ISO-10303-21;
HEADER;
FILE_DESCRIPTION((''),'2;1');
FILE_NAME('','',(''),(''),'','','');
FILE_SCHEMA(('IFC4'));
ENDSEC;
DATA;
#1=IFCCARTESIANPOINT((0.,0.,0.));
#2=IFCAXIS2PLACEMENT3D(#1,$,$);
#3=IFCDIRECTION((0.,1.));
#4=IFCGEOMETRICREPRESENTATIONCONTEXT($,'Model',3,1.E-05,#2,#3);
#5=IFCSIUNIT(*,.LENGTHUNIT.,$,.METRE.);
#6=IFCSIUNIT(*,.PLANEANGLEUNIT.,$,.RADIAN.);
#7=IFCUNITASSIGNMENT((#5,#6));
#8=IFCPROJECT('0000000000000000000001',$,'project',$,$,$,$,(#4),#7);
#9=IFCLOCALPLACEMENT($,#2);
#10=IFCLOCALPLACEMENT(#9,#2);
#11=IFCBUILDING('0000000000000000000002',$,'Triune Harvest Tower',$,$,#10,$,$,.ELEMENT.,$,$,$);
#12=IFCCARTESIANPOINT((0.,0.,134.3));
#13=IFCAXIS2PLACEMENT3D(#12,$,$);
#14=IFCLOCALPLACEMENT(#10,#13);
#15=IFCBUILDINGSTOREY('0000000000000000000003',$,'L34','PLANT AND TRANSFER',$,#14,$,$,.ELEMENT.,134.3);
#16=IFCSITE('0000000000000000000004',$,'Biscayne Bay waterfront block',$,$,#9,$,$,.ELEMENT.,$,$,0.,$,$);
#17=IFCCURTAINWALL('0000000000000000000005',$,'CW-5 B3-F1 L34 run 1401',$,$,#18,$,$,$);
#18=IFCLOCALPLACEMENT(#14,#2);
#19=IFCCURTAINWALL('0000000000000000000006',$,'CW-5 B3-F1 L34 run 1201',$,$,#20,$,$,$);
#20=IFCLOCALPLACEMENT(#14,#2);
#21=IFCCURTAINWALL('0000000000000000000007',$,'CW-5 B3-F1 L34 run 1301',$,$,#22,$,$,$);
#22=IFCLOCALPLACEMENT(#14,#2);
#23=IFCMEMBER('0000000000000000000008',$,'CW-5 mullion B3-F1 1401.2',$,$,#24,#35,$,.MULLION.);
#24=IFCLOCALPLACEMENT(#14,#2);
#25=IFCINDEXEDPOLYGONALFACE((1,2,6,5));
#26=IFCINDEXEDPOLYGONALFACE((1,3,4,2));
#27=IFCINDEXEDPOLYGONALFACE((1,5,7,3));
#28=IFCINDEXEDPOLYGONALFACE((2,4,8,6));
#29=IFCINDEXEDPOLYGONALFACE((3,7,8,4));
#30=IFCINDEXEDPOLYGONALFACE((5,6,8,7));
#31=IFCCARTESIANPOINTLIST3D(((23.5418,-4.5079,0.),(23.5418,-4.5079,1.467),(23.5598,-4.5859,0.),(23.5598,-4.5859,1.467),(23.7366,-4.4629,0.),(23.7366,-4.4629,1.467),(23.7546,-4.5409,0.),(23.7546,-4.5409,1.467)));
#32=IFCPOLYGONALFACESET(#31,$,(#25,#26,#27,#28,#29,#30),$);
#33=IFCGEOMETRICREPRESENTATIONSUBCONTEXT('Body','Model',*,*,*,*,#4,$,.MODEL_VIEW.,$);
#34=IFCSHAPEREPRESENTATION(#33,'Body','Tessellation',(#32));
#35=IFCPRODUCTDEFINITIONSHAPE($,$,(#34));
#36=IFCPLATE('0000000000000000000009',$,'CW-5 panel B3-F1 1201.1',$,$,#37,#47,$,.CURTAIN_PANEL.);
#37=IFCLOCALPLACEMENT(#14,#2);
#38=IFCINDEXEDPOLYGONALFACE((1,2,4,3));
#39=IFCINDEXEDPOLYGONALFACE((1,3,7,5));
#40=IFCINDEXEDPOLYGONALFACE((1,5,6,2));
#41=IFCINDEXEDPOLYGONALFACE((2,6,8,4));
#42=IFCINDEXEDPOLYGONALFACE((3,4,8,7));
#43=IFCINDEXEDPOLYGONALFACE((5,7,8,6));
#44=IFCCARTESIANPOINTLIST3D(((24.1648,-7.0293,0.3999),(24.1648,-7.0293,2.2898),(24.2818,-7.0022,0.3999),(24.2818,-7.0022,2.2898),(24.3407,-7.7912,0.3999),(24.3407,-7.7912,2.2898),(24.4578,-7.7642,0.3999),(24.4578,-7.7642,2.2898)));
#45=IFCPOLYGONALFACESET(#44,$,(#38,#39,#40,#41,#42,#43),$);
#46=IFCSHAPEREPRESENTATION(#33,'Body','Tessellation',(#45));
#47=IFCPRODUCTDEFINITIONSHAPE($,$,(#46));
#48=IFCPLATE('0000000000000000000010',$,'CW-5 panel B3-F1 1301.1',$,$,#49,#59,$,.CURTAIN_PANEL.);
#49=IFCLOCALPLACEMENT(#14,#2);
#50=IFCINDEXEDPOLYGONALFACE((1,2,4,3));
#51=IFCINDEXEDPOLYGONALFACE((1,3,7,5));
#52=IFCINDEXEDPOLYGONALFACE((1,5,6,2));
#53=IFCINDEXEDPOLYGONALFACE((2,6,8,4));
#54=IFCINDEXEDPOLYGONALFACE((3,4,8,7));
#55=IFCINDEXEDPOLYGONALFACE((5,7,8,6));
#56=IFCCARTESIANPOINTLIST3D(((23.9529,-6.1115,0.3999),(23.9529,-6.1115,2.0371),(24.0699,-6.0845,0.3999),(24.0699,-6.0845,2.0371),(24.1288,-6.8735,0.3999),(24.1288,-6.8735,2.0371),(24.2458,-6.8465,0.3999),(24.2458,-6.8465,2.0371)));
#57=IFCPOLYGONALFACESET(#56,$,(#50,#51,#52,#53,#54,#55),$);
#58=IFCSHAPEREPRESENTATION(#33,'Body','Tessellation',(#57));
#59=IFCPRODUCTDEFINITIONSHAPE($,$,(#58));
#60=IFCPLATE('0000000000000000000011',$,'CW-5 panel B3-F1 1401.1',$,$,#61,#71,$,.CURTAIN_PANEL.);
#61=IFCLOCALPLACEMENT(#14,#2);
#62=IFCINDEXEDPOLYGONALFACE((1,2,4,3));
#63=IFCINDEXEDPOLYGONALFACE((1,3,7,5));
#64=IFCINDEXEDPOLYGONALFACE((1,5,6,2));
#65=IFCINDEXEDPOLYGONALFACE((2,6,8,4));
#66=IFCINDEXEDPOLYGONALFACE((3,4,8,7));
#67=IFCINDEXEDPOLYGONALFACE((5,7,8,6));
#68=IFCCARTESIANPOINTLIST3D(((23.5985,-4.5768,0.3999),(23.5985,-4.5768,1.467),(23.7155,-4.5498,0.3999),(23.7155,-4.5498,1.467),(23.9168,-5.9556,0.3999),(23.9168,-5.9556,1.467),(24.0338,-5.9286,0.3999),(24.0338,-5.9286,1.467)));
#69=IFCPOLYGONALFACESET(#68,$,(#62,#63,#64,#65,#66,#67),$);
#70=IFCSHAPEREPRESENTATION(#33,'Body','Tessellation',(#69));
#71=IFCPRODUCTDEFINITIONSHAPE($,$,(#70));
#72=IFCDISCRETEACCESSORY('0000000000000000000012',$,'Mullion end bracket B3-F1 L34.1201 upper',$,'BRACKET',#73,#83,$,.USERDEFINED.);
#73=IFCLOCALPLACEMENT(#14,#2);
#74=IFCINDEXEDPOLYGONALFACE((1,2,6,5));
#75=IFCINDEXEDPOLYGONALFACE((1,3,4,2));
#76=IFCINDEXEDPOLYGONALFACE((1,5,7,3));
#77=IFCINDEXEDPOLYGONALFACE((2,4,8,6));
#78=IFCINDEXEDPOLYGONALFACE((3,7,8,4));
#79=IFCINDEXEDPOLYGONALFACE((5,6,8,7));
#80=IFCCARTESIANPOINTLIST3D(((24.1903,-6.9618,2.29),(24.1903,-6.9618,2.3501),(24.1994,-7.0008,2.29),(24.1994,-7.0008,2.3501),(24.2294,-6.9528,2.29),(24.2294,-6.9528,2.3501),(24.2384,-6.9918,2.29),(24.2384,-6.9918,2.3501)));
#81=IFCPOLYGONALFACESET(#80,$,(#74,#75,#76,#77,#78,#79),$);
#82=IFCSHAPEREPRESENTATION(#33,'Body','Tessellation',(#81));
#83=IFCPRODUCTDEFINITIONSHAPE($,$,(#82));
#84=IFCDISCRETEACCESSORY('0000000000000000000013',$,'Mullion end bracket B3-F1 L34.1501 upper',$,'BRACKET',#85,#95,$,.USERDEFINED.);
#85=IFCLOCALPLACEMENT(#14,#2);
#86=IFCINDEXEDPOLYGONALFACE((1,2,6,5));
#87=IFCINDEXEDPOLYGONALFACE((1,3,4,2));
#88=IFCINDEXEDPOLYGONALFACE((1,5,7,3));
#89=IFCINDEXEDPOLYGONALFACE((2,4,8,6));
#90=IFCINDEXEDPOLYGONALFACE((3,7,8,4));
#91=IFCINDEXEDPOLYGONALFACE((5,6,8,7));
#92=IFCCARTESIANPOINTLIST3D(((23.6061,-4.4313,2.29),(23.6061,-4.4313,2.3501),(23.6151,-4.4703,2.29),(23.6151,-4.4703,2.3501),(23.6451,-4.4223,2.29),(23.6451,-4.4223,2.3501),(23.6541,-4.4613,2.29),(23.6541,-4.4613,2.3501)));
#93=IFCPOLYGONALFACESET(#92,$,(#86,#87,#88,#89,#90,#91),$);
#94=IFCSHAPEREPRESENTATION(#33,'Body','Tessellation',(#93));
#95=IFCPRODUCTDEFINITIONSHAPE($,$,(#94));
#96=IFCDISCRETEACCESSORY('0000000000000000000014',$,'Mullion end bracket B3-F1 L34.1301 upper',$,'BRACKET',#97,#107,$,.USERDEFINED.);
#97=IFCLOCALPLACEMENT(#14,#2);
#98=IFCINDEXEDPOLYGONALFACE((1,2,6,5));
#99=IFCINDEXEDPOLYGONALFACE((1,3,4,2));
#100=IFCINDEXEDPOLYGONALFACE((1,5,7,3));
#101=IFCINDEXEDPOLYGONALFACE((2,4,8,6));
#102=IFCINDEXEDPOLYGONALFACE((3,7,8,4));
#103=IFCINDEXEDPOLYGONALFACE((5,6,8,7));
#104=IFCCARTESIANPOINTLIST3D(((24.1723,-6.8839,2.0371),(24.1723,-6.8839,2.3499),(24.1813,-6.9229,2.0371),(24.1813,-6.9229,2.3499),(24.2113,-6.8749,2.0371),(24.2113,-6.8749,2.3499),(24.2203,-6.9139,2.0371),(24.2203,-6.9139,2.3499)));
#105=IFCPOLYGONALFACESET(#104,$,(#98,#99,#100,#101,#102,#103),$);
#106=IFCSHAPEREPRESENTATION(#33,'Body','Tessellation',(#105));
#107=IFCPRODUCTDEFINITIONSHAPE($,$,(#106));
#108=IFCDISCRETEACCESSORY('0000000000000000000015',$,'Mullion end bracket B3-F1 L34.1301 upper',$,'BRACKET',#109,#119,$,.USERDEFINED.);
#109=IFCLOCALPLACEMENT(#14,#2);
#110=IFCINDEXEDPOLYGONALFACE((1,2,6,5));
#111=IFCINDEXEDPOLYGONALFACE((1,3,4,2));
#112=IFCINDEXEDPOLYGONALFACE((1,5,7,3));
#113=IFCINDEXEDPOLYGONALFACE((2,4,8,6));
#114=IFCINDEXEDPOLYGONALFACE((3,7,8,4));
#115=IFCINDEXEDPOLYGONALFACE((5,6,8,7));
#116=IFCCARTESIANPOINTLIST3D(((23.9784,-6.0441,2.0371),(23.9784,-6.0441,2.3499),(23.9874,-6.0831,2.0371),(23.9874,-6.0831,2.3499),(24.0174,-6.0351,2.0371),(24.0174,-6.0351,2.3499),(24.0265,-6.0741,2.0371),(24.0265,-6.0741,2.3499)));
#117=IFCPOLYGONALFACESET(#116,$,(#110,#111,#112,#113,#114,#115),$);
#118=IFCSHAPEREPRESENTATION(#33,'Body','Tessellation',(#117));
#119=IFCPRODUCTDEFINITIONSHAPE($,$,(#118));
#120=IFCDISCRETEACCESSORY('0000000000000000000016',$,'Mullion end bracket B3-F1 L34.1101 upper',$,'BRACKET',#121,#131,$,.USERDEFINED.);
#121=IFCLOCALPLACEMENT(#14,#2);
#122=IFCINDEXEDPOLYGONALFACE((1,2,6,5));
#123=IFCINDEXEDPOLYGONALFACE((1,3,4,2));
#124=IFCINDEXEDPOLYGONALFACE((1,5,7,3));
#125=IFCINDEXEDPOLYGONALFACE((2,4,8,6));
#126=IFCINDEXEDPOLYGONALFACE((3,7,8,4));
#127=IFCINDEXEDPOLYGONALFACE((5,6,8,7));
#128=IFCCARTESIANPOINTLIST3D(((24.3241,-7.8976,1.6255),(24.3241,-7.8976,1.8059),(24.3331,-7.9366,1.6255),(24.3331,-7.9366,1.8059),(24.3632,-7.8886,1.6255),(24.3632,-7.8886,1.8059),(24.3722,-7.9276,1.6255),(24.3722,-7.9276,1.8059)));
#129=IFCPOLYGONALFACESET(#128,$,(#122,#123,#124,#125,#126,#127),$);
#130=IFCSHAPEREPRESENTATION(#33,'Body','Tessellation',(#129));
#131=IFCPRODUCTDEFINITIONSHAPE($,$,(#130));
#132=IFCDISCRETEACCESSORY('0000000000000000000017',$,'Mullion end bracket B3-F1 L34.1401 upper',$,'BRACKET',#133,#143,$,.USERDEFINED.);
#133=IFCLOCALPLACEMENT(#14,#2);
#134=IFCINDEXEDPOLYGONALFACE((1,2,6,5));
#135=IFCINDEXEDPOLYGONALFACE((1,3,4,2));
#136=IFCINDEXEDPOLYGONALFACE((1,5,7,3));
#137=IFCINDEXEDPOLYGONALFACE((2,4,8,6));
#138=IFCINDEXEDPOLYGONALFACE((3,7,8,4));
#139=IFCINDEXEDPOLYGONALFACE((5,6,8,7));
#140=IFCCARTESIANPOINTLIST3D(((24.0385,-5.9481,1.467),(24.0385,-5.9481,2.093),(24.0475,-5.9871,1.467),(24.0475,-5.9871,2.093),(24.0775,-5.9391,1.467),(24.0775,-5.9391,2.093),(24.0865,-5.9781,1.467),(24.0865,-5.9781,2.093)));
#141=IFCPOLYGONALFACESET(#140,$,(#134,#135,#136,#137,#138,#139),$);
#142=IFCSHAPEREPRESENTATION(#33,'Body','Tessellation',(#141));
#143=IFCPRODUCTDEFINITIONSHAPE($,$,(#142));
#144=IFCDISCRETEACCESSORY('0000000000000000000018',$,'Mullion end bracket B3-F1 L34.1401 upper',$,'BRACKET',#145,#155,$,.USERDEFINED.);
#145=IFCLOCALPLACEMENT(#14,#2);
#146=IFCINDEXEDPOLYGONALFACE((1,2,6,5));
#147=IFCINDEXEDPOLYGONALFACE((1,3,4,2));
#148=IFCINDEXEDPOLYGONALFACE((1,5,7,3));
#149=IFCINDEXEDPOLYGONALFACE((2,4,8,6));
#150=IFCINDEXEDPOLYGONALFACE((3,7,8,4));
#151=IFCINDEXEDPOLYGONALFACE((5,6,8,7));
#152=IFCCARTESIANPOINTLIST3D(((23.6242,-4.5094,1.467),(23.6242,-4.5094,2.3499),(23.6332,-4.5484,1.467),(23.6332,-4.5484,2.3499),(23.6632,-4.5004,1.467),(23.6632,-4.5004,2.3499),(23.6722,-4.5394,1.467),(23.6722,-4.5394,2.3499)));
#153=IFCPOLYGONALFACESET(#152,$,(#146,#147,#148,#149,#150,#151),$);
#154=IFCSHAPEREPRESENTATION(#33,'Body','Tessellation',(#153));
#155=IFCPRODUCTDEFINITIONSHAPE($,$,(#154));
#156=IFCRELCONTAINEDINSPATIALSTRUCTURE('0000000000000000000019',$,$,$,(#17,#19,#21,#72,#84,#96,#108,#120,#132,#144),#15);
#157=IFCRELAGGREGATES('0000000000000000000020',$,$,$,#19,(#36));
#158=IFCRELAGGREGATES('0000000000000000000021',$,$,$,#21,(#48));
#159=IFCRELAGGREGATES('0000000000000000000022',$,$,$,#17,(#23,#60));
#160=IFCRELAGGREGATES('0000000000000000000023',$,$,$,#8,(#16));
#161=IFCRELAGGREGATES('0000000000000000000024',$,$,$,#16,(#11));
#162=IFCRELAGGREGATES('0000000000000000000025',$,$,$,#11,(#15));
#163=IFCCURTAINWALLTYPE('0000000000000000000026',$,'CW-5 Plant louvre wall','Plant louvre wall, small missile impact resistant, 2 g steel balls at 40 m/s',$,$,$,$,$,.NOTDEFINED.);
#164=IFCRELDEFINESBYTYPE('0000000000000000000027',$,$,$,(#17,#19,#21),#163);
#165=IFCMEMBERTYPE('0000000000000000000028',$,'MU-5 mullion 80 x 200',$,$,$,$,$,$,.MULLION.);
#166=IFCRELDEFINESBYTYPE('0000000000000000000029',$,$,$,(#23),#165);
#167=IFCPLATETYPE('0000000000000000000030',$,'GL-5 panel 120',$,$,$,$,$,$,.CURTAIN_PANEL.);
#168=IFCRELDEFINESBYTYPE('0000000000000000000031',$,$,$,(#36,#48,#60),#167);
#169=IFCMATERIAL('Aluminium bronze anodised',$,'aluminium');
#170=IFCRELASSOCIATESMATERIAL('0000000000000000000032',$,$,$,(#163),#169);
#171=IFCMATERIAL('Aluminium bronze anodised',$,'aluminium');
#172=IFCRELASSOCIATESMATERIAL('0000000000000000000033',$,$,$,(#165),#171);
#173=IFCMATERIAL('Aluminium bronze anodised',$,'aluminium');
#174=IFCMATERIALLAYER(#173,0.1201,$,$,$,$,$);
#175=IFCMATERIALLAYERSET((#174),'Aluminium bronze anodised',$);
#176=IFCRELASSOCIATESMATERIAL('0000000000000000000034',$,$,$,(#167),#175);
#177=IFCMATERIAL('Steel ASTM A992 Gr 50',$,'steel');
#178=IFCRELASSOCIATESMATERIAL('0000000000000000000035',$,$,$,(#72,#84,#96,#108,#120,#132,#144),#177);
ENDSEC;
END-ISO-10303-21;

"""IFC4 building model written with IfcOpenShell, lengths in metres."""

from ifc_helpers import new_model, si_unit, direction, frame, origin, origin_2d, place, context, subcontext, project, spatial, rectangle, extrude, source, transform, mapped, material, layer, layer_set, material_profile, profile_set, type_object, element, aggregate, save


model = new_model("IFC4")

# Units and contexts
model_context = context("Model", 3, precision=1e-05, world=origin(), true_north=direction((0.0, 1.0)))
body_context = subcontext(model_context, "Body", "Model", "MODEL_VIEW")
ifc_project = project(units=[si_unit("LENGTHUNIT", "METRE"), si_unit("PLANEANGLEUNIT", "RADIAN")], contexts=[model_context])

# Site, building, storey
site_placement = place(None, origin())
site = spatial("IfcSite", under=ifc_project, at=site_placement, Name="Biscayne Bay waterfront block", CompositionType="ELEMENT", RefElevation=0.0)
building_placement = place(site_placement, origin())
building = spatial("IfcBuilding", under=site, at=building_placement, Name="Triune Harvest Tower", CompositionType="ELEMENT")
storey_placement = place(building_placement, frame((0.0, 0.0, 134.3)))
storey = spatial("IfcBuildingStorey", under=building, at=storey_placement, Name="L34", Description="PLANT AND TRANSFER", CompositionType="ELEMENT", Elevation=134.3)

# Curtain wall
ifc_material_1 = material(Name="Aluminium bronze anodised", Category="aluminium")
curtain_wall_type = type_object("IfcCurtainWallType", Name="CW-5 Plant louvre wall", Description="Plant louvre wall, small missile impact resistant, 2 g steel balls at 40 m/s", PredefinedType="NOTDEFINED", material=ifc_material_1)
curtain_wall_1_placement = place(storey_placement, origin())
curtain_wall_1 = element("IfcCurtainWall", 1, at=curtain_wall_1_placement, inside=storey, type_object=curtain_wall_type, Name="CW-5 B3-F1 L34 run 1401")

# Curtain wall
curtain_wall_2_placement = place(storey_placement, origin())
curtain_wall_2 = element("IfcCurtainWall", 2, at=curtain_wall_2_placement, inside=storey, type_object=curtain_wall_type, Name="CW-5 B3-F1 L34 run 1201")
ifc_material_2 = material(Name="Aluminium bronze anodised", Category="aluminium")
ifc_material_profile_1 = material_profile(ifc_material_2, rectangle(XDim=0.2, YDim=0.0801, at=origin_2d()), Name="MU-5 mullion 80 x 200")
ifc_profile_set_1 = profile_set([ifc_material_profile_1], Name="Aluminium bronze anodised")
member_type_1 = type_object("IfcMemberType", Name="MU-5 mullion 80 x 200", PredefinedType="MULLION", material=ifc_profile_set_1)

# Curtain wall
curtain_wall_3_placement = place(storey_placement, origin())
curtain_wall_3 = element("IfcCurtainWall", 3, at=curtain_wall_3_placement, inside=storey, type_object=curtain_wall_type, Name="CW-5 B3-F1 L34 run 1301")

# Member
shared_shape_1 = source(origin(), body_context, "Body", "SweptSolid", [
    extrude(rectangle(XDim=0.2, YDim=0.0801, at=origin_2d()), origin(), (0.0, 0.0, 1.0), 1.467),
])
member_1_placement = place(storey_placement, frame((23.6482, -4.5244, 0.0), z_axis=(0.0, 0.0, 1.0), x_axis=(-0.974372, -0.224943, 0.0)))
member_1 = element("IfcMember", 4, at=member_1_placement, type_object=member_type_1, Name="CW-5 mullion B3-F1 1401.2", PredefinedType="MULLION", context=body_context, shape_type="MappedRepresentation", body=[
    mapped(shared_shape_1, transform((0.0, 0.0, 0.0), scale=1.0)),
])

# Plates
ifc_material_3 = material(Name="Aluminium bronze anodised", Category="aluminium")
ifc_layer = layer(ifc_material_3, 0.1201)
ifc_layer_set = layer_set([ifc_layer], Name="Aluminium bronze anodised")
plate_type = type_object("IfcPlateType", Name="GL-5 panel 120", PredefinedType="CURTAIN_PANEL", material=ifc_layer_set)
plate_1_placement = place(storey_placement, frame((24.3113, -7.3967, 0.3999), z_axis=(0.0, 0.0, 1.0), x_axis=(-0.22496, 0.974368, 0.0)))
plate_1 = element("IfcPlate", 5, at=plate_1_placement, type_object=plate_type, Name="CW-5 panel B3-F1 1201.1", PredefinedType="CURTAIN_PANEL", context=body_context, shape_type="SweptSolid", body=[
    extrude(rectangle(XDim=0.782, YDim=0.1201, at=origin_2d()), origin(), (0.0, 0.0, 1.0), 1.8899),
])
aggregate(curtain_wall_2, [plate_1])
plate_2_placement = place(storey_placement, frame((24.0994, -6.479, 0.3999), z_axis=(0.0, 0.0, 1.0), x_axis=(-0.22496, 0.974368, 0.0)))
plate_2 = element("IfcPlate", 6, at=plate_2_placement, type_object=plate_type, Name="CW-5 panel B3-F1 1301.1", PredefinedType="CURTAIN_PANEL", context=body_context, shape_type="SweptSolid", body=[
    extrude(rectangle(XDim=0.782, YDim=0.1201, at=origin_2d()), origin(), (0.0, 0.0, 1.0), 1.6372),
])
aggregate(curtain_wall_3, [plate_2])
plate_3_placement = place(storey_placement, frame((23.8162, -5.2527, 0.3999), z_axis=(0.0, 0.0, 1.0), x_axis=(-0.224943, 0.974372, 0.0)))
plate_3 = element("IfcPlate", 7, at=plate_3_placement, type_object=plate_type, Name="CW-5 panel B3-F1 1401.1", PredefinedType="CURTAIN_PANEL", context=body_context, shape_type="SweptSolid", body=[
    extrude(rectangle(XDim=1.415, YDim=0.1201, at=origin_2d()), origin(), (0.0, 0.0, 1.0), 1.0671),
])
aggregate(curtain_wall_1, [member_1, plate_3])

# Discrete accessories
ifc_material_4 = material(Name="Steel ASTM A992 Gr 50", Category="steel")
shared_shape_2 = source(origin(), body_context, "Body", "SweptSolid", [
    extrude(rectangle(XDim=0.04, YDim=0.04, at=origin_2d()), origin(), (0.0, 0.0, 1.0), 0.0601),
])
for number, where, z_axis, x_axis, name in (
    (8, (24.2144, -6.9768, 2.29), (0.0, 0.0, 1.0), (-0.22496, 0.974368, 0.0), "Mullion end bracket B3-F1 L34.1201 upper"),
    (9, (23.6301, -4.4463, 2.29), (0.0, 0.0, 1.0), (-0.224966, 0.974367, 0.0), "Mullion end bracket B3-F1 L34.1501 upper"),
):
    element("IfcDiscreteAccessory", number, at=place(storey_placement, frame(where, z_axis=z_axis, x_axis=x_axis)), inside=storey, material=ifc_material_4, Name=name, ObjectType="BRACKET", PredefinedType="USERDEFINED", context=body_context, shape_type="MappedRepresentation", body=[
        mapped(shared_shape_2, transform((0.0, 0.0, 0.0), scale=1.0)),
    ])
shared_shape_3 = source(origin(), body_context, "Body", "SweptSolid", [
    extrude(rectangle(XDim=0.04, YDim=0.04, at=origin_2d()), origin(), (0.0, 0.0, 1.0), 0.3127),
])
for number, where, z_axis, x_axis, name in (
    (10, (24.1963, -6.8989, 2.0371), (0.0, 0.0, 1.0), (-0.22496, 0.974368, 0.0), "Mullion end bracket B3-F1 L34.1301 upper"),
    (11, (24.0024, -6.0591, 2.0371), (0.0, 0.0, 1.0), (-0.22496, 0.974368, 0.0), "Mullion end bracket B3-F1 L34.1301 upper"),
):
    element("IfcDiscreteAccessory", number, at=place(storey_placement, frame(where, z_axis=z_axis, x_axis=x_axis)), inside=storey, material=ifc_material_4, Name=name, ObjectType="BRACKET", PredefinedType="USERDEFINED", context=body_context, shape_type="MappedRepresentation", body=[
        mapped(shared_shape_3, transform((0.0, 0.0, 0.0), scale=1.0)),
    ])
discrete_accessory_1_placement = place(storey_placement, frame((24.3481, -7.9126, 1.6255), z_axis=(0.0, 0.0, 1.0), x_axis=(-0.224832, 0.974398, 0.0)))
element("IfcDiscreteAccessory", 12, at=discrete_accessory_1_placement, inside=storey, material=ifc_material_4, Name="Mullion end bracket B3-F1 L34.1101 upper", ObjectType="BRACKET", PredefinedType="USERDEFINED", context=body_context, shape_type="SweptSolid", body=[
    extrude(rectangle(XDim=0.04, YDim=0.04, at=origin_2d()), origin(), (0.0, 0.0, 1.0), 0.1804),
])
discrete_accessory_2_placement = place(storey_placement, frame((24.0625, -5.9631, 1.467), z_axis=(0.0, 0.0, 1.0), x_axis=(-0.224943, 0.974372, 0.0)))
element("IfcDiscreteAccessory", 13, at=discrete_accessory_2_placement, inside=storey, material=ifc_material_4, Name="Mullion end bracket B3-F1 L34.1401 upper", ObjectType="BRACKET", PredefinedType="USERDEFINED", context=body_context, shape_type="SweptSolid", body=[
    extrude(rectangle(XDim=0.04, YDim=0.04, at=origin_2d()), origin(), (0.0, 0.0, 1.0), 0.626),
])
discrete_accessory_3_placement = place(storey_placement, frame((23.6482, -4.5244, 1.467), z_axis=(0.0, 0.0, 1.0), x_axis=(-0.224943, 0.974372, 0.0)))
element("IfcDiscreteAccessory", 14, at=discrete_accessory_3_placement, inside=storey, material=ifc_material_4, Name="Mullion end bracket B3-F1 L34.1401 upper", ObjectType="BRACKET", PredefinedType="USERDEFINED", context=body_context, shape_type="SweptSolid", body=[
    extrude(rectangle(XDim=0.04, YDim=0.04, at=origin_2d()), origin(), (0.0, 0.0, 1.0), 0.8828),
])

save(model, "model.ifc")
